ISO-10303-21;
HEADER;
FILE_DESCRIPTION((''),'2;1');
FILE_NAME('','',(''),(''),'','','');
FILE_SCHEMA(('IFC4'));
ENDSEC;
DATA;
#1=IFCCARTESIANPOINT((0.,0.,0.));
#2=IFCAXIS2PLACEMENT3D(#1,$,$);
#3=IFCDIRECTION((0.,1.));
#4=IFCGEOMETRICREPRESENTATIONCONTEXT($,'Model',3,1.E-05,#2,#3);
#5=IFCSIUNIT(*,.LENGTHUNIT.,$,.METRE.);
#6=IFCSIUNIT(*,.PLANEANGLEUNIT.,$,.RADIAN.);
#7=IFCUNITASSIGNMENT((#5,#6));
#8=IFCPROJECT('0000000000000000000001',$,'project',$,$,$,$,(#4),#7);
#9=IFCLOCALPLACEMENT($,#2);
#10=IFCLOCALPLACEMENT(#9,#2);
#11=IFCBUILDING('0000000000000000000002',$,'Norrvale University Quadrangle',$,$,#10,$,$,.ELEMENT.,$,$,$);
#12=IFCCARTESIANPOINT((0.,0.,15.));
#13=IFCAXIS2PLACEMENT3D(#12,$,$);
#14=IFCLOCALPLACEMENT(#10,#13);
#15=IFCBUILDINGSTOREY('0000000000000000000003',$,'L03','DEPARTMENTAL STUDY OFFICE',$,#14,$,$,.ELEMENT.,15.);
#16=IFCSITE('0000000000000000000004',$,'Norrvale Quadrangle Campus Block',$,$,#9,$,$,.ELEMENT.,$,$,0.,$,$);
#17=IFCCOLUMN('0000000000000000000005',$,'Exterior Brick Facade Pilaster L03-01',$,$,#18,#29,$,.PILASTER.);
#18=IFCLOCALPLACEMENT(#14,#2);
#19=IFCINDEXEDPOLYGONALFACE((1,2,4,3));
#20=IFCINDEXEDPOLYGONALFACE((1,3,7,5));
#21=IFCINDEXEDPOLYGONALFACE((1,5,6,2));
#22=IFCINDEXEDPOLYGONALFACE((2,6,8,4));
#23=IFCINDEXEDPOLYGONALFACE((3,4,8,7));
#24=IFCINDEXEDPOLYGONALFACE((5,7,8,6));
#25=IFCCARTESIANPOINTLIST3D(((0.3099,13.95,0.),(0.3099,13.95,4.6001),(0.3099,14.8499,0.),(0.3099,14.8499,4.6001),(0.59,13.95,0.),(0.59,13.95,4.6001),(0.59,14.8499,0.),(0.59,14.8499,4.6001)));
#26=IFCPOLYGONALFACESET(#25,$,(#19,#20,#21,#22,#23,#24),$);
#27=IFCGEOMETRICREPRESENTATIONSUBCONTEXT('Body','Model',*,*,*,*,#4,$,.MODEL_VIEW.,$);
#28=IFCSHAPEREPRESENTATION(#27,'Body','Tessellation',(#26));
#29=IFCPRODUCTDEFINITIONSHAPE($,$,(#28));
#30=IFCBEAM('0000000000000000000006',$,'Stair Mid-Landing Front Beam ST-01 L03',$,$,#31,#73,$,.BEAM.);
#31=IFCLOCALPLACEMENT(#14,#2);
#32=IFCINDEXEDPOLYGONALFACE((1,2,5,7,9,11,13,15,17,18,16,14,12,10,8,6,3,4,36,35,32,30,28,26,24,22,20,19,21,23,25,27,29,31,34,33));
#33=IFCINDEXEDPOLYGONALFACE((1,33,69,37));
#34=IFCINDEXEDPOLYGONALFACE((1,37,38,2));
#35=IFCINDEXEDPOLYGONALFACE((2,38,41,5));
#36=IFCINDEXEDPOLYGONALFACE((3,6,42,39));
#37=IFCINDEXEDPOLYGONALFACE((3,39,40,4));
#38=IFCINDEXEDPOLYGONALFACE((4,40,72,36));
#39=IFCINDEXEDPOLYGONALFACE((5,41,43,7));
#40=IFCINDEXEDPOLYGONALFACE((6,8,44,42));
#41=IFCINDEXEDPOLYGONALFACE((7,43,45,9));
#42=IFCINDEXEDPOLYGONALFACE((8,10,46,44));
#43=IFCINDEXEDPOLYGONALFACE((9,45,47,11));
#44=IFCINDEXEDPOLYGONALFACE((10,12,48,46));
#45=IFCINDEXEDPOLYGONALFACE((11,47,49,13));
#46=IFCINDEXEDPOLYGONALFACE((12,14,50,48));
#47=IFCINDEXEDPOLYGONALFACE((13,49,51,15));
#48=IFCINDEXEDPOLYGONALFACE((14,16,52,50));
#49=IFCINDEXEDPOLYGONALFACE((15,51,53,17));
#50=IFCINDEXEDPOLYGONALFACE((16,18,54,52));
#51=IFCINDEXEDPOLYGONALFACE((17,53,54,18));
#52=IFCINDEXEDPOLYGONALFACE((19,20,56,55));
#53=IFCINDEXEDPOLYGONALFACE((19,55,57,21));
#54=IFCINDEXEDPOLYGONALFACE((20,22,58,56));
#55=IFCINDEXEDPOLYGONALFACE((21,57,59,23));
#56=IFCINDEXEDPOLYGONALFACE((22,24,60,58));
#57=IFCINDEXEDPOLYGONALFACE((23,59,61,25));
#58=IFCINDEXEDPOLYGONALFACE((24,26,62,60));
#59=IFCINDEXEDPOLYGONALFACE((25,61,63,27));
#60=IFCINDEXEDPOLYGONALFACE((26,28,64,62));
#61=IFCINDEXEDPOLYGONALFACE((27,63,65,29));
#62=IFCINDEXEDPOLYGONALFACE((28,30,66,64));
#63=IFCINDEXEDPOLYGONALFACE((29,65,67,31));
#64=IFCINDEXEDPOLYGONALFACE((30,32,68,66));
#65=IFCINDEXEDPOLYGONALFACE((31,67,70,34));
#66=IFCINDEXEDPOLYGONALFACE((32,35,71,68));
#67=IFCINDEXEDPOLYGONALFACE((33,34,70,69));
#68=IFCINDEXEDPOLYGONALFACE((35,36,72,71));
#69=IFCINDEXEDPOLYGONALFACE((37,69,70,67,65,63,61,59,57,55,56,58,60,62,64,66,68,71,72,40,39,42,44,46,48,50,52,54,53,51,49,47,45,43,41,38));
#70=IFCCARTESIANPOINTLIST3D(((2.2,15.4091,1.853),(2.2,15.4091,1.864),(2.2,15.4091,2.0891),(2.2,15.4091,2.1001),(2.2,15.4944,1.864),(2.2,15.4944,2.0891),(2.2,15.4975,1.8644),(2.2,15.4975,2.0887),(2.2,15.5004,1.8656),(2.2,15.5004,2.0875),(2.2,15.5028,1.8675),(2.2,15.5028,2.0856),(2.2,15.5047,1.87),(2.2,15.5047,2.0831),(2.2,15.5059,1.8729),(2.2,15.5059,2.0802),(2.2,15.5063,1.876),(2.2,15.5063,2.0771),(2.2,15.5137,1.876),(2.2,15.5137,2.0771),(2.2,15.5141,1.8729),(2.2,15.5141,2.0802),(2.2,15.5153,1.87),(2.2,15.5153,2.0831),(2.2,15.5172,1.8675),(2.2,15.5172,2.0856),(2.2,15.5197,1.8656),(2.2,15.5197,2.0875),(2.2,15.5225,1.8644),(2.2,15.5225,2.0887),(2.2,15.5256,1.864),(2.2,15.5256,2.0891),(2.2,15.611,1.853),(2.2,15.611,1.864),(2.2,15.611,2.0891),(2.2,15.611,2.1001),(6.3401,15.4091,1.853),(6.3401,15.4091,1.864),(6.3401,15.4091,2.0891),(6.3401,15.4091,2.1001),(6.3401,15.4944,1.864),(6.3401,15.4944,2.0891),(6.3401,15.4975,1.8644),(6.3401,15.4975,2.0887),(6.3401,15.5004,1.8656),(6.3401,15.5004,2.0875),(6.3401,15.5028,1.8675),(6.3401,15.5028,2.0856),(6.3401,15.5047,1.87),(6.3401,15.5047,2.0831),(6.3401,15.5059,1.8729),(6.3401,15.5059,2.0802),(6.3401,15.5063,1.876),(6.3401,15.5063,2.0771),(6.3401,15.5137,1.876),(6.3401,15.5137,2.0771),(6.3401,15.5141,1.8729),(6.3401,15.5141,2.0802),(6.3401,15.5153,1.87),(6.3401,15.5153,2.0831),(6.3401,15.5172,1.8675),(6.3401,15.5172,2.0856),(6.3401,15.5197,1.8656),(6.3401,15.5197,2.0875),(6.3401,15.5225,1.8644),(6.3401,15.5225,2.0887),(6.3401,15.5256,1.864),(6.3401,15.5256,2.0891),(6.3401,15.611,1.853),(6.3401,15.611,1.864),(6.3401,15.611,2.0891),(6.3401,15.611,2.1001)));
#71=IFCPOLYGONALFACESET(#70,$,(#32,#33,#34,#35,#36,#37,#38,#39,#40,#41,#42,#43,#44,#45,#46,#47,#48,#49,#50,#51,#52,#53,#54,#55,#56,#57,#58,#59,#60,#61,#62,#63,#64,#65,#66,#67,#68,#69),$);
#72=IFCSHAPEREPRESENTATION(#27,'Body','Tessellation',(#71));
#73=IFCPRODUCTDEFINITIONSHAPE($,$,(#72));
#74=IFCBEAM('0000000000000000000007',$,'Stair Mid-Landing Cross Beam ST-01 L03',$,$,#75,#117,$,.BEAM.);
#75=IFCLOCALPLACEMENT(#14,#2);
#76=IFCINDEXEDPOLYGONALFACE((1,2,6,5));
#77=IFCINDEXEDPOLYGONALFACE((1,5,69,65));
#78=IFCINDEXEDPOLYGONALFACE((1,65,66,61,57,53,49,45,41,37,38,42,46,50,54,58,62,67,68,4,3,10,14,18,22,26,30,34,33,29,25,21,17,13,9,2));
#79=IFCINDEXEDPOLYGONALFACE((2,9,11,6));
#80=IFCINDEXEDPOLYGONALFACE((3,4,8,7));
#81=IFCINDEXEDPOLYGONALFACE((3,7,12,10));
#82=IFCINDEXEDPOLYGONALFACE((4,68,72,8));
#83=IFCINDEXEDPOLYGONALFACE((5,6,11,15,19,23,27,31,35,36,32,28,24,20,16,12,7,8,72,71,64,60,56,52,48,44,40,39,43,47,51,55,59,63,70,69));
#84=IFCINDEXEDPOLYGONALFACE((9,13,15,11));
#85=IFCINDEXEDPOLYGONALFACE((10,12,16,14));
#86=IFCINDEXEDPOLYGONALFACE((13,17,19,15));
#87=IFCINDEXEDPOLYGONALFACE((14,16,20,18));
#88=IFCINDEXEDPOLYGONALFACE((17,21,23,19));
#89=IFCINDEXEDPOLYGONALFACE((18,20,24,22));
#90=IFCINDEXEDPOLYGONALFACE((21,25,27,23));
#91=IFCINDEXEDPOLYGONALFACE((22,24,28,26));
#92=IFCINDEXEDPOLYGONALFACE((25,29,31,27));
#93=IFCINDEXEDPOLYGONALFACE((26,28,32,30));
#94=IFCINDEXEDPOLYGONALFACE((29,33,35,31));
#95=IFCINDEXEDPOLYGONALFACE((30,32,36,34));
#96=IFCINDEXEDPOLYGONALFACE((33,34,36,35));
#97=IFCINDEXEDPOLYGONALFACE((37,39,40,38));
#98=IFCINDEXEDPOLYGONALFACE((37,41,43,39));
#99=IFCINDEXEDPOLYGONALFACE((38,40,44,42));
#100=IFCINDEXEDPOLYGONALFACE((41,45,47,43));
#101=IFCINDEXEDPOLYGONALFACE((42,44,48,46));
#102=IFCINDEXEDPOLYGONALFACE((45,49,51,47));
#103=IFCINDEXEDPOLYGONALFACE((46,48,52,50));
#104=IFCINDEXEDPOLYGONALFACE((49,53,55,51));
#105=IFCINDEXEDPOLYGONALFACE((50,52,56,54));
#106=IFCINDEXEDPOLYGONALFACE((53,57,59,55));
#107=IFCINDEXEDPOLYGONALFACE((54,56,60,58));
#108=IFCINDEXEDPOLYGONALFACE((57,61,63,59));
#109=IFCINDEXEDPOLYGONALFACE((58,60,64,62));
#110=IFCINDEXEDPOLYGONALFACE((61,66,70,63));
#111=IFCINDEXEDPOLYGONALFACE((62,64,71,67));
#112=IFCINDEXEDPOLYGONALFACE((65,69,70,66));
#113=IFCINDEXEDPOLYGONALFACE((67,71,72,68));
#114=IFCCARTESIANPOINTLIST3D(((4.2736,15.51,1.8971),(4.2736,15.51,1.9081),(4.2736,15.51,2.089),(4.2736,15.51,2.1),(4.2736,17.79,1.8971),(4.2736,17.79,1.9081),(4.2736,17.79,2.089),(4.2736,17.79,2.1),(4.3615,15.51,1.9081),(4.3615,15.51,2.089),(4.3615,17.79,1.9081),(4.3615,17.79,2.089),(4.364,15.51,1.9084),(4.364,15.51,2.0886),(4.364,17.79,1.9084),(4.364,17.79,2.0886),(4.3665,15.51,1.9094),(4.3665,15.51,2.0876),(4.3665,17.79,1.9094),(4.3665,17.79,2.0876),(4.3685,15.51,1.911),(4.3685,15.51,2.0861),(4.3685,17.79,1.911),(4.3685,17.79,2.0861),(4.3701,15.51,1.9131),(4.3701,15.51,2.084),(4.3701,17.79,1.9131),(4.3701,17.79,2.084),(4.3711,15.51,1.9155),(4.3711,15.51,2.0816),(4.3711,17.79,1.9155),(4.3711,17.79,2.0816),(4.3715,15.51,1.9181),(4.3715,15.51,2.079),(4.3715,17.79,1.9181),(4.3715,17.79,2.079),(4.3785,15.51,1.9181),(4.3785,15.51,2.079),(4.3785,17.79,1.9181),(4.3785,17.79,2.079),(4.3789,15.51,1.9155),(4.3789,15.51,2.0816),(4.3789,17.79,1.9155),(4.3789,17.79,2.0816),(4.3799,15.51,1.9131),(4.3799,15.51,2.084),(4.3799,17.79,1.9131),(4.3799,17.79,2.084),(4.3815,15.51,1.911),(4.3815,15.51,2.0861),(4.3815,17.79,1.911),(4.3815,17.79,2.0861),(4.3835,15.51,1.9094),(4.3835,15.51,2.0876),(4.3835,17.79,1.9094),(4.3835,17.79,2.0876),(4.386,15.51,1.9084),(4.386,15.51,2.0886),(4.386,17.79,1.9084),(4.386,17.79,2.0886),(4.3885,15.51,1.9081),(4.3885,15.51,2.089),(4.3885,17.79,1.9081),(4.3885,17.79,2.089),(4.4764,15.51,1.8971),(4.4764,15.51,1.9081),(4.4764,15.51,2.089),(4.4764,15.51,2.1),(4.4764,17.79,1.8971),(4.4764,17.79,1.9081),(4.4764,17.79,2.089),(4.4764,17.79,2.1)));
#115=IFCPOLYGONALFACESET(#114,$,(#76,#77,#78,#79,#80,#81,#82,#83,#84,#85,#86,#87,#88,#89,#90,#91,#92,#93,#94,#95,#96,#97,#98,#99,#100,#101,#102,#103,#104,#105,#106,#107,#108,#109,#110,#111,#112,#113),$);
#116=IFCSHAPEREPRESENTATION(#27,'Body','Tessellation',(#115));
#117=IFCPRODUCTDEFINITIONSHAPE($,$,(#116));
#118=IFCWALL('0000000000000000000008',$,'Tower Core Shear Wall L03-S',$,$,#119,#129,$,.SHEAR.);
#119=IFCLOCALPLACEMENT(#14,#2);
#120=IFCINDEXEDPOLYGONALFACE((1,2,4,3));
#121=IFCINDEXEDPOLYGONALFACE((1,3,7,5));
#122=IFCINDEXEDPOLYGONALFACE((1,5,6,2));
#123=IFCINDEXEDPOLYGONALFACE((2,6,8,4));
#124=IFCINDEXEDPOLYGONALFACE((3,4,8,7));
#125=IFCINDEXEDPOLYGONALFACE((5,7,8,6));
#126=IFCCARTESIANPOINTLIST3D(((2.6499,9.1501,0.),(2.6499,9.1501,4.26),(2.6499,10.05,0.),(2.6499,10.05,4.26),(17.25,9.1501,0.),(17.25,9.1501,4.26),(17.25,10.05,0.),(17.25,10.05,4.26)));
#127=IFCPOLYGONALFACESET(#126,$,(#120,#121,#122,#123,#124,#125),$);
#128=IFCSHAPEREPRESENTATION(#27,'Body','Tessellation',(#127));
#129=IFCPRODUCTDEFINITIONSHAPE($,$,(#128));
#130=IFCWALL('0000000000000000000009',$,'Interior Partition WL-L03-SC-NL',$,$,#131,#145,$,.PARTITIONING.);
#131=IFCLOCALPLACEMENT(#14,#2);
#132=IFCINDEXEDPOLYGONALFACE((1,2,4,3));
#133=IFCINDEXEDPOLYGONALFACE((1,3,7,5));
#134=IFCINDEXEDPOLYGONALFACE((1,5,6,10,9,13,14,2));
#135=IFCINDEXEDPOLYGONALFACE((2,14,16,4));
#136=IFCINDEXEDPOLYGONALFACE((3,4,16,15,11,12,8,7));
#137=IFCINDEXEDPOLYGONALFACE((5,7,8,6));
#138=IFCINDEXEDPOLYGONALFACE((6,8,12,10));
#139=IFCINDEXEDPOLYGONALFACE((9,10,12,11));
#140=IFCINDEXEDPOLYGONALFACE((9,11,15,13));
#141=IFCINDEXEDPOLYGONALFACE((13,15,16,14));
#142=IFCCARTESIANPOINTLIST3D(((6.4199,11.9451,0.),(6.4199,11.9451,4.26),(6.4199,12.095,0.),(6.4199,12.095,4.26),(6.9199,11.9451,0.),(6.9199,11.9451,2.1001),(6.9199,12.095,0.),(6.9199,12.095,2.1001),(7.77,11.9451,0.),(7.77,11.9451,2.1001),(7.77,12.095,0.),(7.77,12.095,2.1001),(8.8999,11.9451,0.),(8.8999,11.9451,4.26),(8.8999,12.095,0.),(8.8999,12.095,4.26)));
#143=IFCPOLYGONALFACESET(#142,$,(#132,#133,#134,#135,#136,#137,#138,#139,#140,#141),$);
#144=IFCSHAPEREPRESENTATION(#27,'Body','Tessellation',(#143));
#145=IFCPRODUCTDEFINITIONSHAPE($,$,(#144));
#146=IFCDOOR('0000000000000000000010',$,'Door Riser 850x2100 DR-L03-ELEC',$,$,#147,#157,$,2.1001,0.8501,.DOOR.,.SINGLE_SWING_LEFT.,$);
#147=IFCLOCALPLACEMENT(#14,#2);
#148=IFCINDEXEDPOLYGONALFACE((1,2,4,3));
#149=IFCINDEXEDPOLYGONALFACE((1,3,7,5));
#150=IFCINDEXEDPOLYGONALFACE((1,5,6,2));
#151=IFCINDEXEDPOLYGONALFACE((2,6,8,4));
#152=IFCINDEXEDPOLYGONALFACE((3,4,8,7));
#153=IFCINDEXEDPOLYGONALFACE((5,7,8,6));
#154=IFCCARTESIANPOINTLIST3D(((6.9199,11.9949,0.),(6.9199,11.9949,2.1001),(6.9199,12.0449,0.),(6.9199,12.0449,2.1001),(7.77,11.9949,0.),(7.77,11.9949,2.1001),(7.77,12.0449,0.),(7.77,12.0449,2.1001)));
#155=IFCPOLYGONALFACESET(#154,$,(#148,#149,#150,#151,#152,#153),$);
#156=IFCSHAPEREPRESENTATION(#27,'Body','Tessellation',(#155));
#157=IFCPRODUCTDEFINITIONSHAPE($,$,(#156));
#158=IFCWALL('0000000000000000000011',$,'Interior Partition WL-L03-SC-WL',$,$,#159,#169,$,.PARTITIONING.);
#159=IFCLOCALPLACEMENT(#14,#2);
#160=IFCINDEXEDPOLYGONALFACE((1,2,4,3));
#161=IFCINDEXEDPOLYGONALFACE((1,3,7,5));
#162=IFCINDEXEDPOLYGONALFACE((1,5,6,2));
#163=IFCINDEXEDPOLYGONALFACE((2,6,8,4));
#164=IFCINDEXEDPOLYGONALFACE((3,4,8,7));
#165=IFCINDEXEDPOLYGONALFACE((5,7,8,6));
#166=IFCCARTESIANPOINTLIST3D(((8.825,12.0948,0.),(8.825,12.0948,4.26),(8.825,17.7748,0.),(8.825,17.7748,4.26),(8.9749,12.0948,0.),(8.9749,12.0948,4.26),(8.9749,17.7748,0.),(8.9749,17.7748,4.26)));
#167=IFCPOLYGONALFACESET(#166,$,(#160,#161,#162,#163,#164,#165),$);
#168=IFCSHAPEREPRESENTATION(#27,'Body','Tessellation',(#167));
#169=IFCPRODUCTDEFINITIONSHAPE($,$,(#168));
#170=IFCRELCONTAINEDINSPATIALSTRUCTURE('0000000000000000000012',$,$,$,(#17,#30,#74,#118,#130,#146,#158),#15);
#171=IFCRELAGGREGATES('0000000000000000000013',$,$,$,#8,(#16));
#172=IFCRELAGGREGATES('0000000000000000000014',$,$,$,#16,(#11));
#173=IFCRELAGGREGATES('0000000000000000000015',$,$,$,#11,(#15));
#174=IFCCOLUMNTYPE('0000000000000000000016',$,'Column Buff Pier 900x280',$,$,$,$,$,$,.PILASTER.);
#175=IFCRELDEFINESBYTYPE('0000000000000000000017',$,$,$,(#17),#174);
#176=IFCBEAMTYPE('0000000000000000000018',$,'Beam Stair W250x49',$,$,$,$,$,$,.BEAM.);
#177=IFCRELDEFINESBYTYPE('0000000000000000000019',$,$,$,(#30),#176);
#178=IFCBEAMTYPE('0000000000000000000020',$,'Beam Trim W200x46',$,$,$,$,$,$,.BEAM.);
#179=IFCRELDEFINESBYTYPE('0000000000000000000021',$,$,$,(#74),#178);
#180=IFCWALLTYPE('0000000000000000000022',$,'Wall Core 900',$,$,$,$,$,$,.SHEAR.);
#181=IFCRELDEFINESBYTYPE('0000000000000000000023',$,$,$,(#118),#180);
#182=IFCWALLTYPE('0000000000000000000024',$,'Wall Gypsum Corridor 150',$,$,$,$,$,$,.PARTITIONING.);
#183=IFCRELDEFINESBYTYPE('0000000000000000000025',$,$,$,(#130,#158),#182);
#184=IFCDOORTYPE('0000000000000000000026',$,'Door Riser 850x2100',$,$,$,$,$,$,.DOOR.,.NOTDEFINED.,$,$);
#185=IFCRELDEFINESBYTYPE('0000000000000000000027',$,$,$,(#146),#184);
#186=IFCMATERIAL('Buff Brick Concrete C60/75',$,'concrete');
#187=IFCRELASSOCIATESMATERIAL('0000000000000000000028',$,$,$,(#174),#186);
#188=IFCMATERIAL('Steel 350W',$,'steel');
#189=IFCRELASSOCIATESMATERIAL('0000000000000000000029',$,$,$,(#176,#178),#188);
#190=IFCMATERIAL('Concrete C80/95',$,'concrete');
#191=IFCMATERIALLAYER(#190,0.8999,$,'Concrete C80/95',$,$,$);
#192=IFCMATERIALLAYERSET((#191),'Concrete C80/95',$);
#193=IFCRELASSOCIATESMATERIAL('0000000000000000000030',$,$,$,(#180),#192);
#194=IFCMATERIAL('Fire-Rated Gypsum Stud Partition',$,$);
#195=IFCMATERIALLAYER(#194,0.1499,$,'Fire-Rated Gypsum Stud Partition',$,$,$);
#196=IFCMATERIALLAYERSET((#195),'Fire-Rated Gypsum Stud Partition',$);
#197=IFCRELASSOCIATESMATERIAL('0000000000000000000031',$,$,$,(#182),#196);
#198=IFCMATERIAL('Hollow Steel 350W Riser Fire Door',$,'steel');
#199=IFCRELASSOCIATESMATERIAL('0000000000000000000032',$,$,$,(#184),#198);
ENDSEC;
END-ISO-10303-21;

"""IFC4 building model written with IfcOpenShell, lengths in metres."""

from ifc_helpers import new_model, si_unit, direction, frame, frame_2d, origin, origin_2d, place, context, subcontext, project, spatial, rectangle, i_section, extrude, material, layer, layer_set, material_profile, profile_set, type_object, element, fill, save


model = new_model("IFC4")

# Units and contexts
model_context = context("Model", 3, precision=1e-05, world=origin(), true_north=direction((0.0, 1.0)))
body_context = subcontext(model_context, "Body", "Model", "MODEL_VIEW")
ifc_project = project(units=[si_unit("LENGTHUNIT", "METRE"), si_unit("PLANEANGLEUNIT", "RADIAN")], contexts=[model_context])

# Site, building, storey
site_placement = place(None, origin())
site = spatial("IfcSite", under=ifc_project, at=site_placement, Name="Norrvale Quadrangle Campus Block", CompositionType="ELEMENT", RefElevation=0.0)
building_placement = place(site_placement, origin())
building = spatial("IfcBuilding", under=site, at=building_placement, Name="Norrvale University Quadrangle", CompositionType="ELEMENT")
storey_placement = place(building_placement, frame((0.0, 0.0, 15.0)))
storey = spatial("IfcBuildingStorey", under=building, at=storey_placement, Name="L03", Description="DEPARTMENTAL STUDY OFFICE", CompositionType="ELEMENT", Elevation=15.0)

# Column
ifc_material_1 = material(Name="Buff Brick Concrete C60/75", Category="concrete")
ifc_material_profile_1 = material_profile(ifc_material_1, rectangle(XDim=0.8999, YDim=0.28, at=origin_2d()), Name="Buff Brick Concrete C60/75")
ifc_profile_set_1 = profile_set([ifc_material_profile_1], Name="Buff Brick Concrete C60/75")
column_type = type_object("IfcColumnType", Name="Column Buff Pier 900x280", PredefinedType="PILASTER", material=ifc_profile_set_1)
column_placement = place(storey_placement, frame((0.45, 14.3999, 0.0), z_axis=(0.0, 0.0, 1.0), x_axis=(0.0, 1.0, 0.0)))
element("IfcColumn", 1, at=column_placement, inside=storey, type_object=column_type, Name="Exterior Brick Facade Pilaster L03-01", PredefinedType="PILASTER", context=body_context, shape_type="SweptSolid", body=[
    extrude(rectangle(XDim=0.8999, YDim=0.28, at=origin_2d()), origin(), (0.0, 0.0, 1.0), 4.6001),
])

# Beams
ifc_material_2 = material(Name="Steel 350W", Category="steel")
ifc_material_profile_2 = material_profile(ifc_material_2, i_section(OverallWidth=0.2019, OverallDepth=0.2471, WebThickness=0.0073, FlangeThickness=0.011, FilletRadius=0.012, at=origin_2d()), Name="Steel 350W")
ifc_profile_set_2 = profile_set([ifc_material_profile_2], Name="Steel 350W")
beam_type_1 = type_object("IfcBeamType", Name="Beam Stair W250x49", PredefinedType="BEAM", material=ifc_profile_set_2)
beam_1_placement = place(storey_placement, frame((2.2, 15.51, 1.9766), z_axis=(1.0, 0.0, 0.0), x_axis=(0.0, 1.0, 0.0)))
element("IfcBeam", 2, at=beam_1_placement, inside=storey, type_object=beam_type_1, Name="Stair Mid-Landing Front Beam ST-01 L03", PredefinedType="BEAM", context=body_context, shape_type="SweptSolid", body=[
    extrude(i_section(OverallWidth=0.2019, OverallDepth=0.2471, WebThickness=0.0073, FlangeThickness=0.011, FilletRadius=0.012, at=origin_2d()), origin(), (0.0, 0.0, 1.0), 4.1401),
])
ifc_material_profile_3 = material_profile(ifc_material_2, i_section(OverallWidth=0.2029, OverallDepth=0.2029, WebThickness=0.0071, FlangeThickness=0.011, FilletRadius=0.01, at=origin_2d()), Name="Steel 350W")
ifc_profile_set_3 = profile_set([ifc_material_profile_3], Name="Steel 350W")
beam_type_2 = type_object("IfcBeamType", Name="Beam Trim W200x46", PredefinedType="BEAM", material=ifc_profile_set_3)
beam_2_placement = place(storey_placement, frame((4.375, 15.51, 1.9985), z_axis=(0.0, 1.0, 0.0), x_axis=(-1.0, 0.0, 0.0)))
element("IfcBeam", 3, at=beam_2_placement, inside=storey, type_object=beam_type_2, Name="Stair Mid-Landing Cross Beam ST-01 L03", PredefinedType="BEAM", context=body_context, shape_type="SweptSolid", body=[
    extrude(i_section(OverallWidth=0.2029, OverallDepth=0.2029, WebThickness=0.0071, FlangeThickness=0.011, FilletRadius=0.01, at=origin_2d()), origin(), (0.0, 0.0, 1.0), 2.28),
])

# Wall
ifc_material_3 = material(Name="Concrete C80/95", Category="concrete")
ifc_layer_1 = layer(ifc_material_3, 0.8999, Name="Concrete C80/95")
ifc_layer_set_1 = layer_set([ifc_layer_1], Name="Concrete C80/95")
wall_type_1 = type_object("IfcWallType", Name="Wall Core 900", PredefinedType="SHEAR", material=ifc_layer_set_1)
wall_1_placement = place(storey_placement, frame((2.6499, 9.6001, 0.0), z_axis=(0.0, 0.0, 1.0), x_axis=(1.0, 0.0, 0.0)))
element("IfcWall", 4, at=wall_1_placement, inside=storey, type_object=wall_type_1, Name="Tower Core Shear Wall L03-S", PredefinedType="SHEAR", context=body_context, shape_type="SweptSolid", body=[
    extrude(rectangle(XDim=14.6001, YDim=0.8999, at=frame_2d((7.3, 0.0))), origin(), (0.0, 0.0, 1.0), 4.26),
])

# Wall, opening, door
ifc_material_4 = material(Name="Fire-Rated Gypsum Stud Partition")
ifc_layer_2 = layer(ifc_material_4, 0.1499, Name="Fire-Rated Gypsum Stud Partition")
ifc_layer_set_2 = layer_set([ifc_layer_2], Name="Fire-Rated Gypsum Stud Partition")
wall_type_2 = type_object("IfcWallType", Name="Wall Gypsum Corridor 150", PredefinedType="PARTITIONING", material=ifc_layer_set_2)
wall_2_placement = place(storey_placement, frame((6.4199, 12.02, 0.0), z_axis=(0.0, 0.0, 1.0), x_axis=(1.0, 0.0, 0.0)))
wall_2 = element("IfcWall", 5, at=wall_2_placement, inside=storey, type_object=wall_type_2, Name="Interior Partition WL-L03-SC-NL", PredefinedType="PARTITIONING", context=body_context, shape_type="SweptSolid", body=[
    extrude(rectangle(XDim=2.48, YDim=0.1499, at=frame_2d((1.24, 0.0))), origin(), (0.0, 0.0, 1.0), 4.26),
])
opening_1_placement = place(wall_2_placement, frame((0.5, 0.0, 0.0)))
opening_1 = element("IfcOpeningElement", 6, at=opening_1_placement, cuts=wall_2, PredefinedType="OPENING", context=body_context, shape_type="SweptSolid", body=[
    extrude(rectangle(XDim=0.8501, YDim=2.1001, at=frame_2d((0.425, 1.05))), frame((0.0, 0.0869, 0.0), z_axis=(0.0, -1.0, 0.0), x_axis=(1.0, 0.0, 0.0)), (0.0, 0.0, 1.0), 0.1738),
])
ifc_material_5 = material(Name="Hollow Steel 350W Riser Fire Door", Category="steel")
door_type_1 = type_object("IfcDoorType", Name="Door Riser 850x2100", OperationType="NOTDEFINED", PredefinedType="DOOR", material=ifc_material_5)
door_1_placement = place(opening_1_placement, origin())
door_1 = element("IfcDoor", 7, at=door_1_placement, inside=storey, type_object=door_type_1, Name="Door Riser 850x2100 DR-L03-ELEC", OperationType="SINGLE_SWING_LEFT", OverallHeight=2.1001, OverallWidth=0.8501, PredefinedType="DOOR", context=body_context, shape_type="SweptSolid", body=[
    extrude(rectangle(XDim=0.8501, YDim=2.1001, at=frame_2d((0.425, 1.05))), frame((0.0, 0.0249, 0.0), z_axis=(0.0, -1.0, 0.0), x_axis=(1.0, 0.0, 0.0)), (0.0, 0.0, 1.0), 0.05),
])
fill(opening_1, door_1)

# Wall
wall_3_placement = place(storey_placement, frame((8.8999, 12.095, 0.0), z_axis=(0.0, 0.0, 1.0), x_axis=(0.0, 1.0, 0.0)))
element("IfcWall", 8, at=wall_3_placement, inside=storey, type_object=wall_type_2, Name="Interior Partition WL-L03-SC-WL", PredefinedType="PARTITIONING", context=body_context, shape_type="SweptSolid", body=[
    extrude(rectangle(XDim=5.6799, YDim=0.1499, at=frame_2d((2.8398, 0.0))), origin(), (0.0, 0.0, 1.0), 4.26),
])

save(model, "model.ifc")
